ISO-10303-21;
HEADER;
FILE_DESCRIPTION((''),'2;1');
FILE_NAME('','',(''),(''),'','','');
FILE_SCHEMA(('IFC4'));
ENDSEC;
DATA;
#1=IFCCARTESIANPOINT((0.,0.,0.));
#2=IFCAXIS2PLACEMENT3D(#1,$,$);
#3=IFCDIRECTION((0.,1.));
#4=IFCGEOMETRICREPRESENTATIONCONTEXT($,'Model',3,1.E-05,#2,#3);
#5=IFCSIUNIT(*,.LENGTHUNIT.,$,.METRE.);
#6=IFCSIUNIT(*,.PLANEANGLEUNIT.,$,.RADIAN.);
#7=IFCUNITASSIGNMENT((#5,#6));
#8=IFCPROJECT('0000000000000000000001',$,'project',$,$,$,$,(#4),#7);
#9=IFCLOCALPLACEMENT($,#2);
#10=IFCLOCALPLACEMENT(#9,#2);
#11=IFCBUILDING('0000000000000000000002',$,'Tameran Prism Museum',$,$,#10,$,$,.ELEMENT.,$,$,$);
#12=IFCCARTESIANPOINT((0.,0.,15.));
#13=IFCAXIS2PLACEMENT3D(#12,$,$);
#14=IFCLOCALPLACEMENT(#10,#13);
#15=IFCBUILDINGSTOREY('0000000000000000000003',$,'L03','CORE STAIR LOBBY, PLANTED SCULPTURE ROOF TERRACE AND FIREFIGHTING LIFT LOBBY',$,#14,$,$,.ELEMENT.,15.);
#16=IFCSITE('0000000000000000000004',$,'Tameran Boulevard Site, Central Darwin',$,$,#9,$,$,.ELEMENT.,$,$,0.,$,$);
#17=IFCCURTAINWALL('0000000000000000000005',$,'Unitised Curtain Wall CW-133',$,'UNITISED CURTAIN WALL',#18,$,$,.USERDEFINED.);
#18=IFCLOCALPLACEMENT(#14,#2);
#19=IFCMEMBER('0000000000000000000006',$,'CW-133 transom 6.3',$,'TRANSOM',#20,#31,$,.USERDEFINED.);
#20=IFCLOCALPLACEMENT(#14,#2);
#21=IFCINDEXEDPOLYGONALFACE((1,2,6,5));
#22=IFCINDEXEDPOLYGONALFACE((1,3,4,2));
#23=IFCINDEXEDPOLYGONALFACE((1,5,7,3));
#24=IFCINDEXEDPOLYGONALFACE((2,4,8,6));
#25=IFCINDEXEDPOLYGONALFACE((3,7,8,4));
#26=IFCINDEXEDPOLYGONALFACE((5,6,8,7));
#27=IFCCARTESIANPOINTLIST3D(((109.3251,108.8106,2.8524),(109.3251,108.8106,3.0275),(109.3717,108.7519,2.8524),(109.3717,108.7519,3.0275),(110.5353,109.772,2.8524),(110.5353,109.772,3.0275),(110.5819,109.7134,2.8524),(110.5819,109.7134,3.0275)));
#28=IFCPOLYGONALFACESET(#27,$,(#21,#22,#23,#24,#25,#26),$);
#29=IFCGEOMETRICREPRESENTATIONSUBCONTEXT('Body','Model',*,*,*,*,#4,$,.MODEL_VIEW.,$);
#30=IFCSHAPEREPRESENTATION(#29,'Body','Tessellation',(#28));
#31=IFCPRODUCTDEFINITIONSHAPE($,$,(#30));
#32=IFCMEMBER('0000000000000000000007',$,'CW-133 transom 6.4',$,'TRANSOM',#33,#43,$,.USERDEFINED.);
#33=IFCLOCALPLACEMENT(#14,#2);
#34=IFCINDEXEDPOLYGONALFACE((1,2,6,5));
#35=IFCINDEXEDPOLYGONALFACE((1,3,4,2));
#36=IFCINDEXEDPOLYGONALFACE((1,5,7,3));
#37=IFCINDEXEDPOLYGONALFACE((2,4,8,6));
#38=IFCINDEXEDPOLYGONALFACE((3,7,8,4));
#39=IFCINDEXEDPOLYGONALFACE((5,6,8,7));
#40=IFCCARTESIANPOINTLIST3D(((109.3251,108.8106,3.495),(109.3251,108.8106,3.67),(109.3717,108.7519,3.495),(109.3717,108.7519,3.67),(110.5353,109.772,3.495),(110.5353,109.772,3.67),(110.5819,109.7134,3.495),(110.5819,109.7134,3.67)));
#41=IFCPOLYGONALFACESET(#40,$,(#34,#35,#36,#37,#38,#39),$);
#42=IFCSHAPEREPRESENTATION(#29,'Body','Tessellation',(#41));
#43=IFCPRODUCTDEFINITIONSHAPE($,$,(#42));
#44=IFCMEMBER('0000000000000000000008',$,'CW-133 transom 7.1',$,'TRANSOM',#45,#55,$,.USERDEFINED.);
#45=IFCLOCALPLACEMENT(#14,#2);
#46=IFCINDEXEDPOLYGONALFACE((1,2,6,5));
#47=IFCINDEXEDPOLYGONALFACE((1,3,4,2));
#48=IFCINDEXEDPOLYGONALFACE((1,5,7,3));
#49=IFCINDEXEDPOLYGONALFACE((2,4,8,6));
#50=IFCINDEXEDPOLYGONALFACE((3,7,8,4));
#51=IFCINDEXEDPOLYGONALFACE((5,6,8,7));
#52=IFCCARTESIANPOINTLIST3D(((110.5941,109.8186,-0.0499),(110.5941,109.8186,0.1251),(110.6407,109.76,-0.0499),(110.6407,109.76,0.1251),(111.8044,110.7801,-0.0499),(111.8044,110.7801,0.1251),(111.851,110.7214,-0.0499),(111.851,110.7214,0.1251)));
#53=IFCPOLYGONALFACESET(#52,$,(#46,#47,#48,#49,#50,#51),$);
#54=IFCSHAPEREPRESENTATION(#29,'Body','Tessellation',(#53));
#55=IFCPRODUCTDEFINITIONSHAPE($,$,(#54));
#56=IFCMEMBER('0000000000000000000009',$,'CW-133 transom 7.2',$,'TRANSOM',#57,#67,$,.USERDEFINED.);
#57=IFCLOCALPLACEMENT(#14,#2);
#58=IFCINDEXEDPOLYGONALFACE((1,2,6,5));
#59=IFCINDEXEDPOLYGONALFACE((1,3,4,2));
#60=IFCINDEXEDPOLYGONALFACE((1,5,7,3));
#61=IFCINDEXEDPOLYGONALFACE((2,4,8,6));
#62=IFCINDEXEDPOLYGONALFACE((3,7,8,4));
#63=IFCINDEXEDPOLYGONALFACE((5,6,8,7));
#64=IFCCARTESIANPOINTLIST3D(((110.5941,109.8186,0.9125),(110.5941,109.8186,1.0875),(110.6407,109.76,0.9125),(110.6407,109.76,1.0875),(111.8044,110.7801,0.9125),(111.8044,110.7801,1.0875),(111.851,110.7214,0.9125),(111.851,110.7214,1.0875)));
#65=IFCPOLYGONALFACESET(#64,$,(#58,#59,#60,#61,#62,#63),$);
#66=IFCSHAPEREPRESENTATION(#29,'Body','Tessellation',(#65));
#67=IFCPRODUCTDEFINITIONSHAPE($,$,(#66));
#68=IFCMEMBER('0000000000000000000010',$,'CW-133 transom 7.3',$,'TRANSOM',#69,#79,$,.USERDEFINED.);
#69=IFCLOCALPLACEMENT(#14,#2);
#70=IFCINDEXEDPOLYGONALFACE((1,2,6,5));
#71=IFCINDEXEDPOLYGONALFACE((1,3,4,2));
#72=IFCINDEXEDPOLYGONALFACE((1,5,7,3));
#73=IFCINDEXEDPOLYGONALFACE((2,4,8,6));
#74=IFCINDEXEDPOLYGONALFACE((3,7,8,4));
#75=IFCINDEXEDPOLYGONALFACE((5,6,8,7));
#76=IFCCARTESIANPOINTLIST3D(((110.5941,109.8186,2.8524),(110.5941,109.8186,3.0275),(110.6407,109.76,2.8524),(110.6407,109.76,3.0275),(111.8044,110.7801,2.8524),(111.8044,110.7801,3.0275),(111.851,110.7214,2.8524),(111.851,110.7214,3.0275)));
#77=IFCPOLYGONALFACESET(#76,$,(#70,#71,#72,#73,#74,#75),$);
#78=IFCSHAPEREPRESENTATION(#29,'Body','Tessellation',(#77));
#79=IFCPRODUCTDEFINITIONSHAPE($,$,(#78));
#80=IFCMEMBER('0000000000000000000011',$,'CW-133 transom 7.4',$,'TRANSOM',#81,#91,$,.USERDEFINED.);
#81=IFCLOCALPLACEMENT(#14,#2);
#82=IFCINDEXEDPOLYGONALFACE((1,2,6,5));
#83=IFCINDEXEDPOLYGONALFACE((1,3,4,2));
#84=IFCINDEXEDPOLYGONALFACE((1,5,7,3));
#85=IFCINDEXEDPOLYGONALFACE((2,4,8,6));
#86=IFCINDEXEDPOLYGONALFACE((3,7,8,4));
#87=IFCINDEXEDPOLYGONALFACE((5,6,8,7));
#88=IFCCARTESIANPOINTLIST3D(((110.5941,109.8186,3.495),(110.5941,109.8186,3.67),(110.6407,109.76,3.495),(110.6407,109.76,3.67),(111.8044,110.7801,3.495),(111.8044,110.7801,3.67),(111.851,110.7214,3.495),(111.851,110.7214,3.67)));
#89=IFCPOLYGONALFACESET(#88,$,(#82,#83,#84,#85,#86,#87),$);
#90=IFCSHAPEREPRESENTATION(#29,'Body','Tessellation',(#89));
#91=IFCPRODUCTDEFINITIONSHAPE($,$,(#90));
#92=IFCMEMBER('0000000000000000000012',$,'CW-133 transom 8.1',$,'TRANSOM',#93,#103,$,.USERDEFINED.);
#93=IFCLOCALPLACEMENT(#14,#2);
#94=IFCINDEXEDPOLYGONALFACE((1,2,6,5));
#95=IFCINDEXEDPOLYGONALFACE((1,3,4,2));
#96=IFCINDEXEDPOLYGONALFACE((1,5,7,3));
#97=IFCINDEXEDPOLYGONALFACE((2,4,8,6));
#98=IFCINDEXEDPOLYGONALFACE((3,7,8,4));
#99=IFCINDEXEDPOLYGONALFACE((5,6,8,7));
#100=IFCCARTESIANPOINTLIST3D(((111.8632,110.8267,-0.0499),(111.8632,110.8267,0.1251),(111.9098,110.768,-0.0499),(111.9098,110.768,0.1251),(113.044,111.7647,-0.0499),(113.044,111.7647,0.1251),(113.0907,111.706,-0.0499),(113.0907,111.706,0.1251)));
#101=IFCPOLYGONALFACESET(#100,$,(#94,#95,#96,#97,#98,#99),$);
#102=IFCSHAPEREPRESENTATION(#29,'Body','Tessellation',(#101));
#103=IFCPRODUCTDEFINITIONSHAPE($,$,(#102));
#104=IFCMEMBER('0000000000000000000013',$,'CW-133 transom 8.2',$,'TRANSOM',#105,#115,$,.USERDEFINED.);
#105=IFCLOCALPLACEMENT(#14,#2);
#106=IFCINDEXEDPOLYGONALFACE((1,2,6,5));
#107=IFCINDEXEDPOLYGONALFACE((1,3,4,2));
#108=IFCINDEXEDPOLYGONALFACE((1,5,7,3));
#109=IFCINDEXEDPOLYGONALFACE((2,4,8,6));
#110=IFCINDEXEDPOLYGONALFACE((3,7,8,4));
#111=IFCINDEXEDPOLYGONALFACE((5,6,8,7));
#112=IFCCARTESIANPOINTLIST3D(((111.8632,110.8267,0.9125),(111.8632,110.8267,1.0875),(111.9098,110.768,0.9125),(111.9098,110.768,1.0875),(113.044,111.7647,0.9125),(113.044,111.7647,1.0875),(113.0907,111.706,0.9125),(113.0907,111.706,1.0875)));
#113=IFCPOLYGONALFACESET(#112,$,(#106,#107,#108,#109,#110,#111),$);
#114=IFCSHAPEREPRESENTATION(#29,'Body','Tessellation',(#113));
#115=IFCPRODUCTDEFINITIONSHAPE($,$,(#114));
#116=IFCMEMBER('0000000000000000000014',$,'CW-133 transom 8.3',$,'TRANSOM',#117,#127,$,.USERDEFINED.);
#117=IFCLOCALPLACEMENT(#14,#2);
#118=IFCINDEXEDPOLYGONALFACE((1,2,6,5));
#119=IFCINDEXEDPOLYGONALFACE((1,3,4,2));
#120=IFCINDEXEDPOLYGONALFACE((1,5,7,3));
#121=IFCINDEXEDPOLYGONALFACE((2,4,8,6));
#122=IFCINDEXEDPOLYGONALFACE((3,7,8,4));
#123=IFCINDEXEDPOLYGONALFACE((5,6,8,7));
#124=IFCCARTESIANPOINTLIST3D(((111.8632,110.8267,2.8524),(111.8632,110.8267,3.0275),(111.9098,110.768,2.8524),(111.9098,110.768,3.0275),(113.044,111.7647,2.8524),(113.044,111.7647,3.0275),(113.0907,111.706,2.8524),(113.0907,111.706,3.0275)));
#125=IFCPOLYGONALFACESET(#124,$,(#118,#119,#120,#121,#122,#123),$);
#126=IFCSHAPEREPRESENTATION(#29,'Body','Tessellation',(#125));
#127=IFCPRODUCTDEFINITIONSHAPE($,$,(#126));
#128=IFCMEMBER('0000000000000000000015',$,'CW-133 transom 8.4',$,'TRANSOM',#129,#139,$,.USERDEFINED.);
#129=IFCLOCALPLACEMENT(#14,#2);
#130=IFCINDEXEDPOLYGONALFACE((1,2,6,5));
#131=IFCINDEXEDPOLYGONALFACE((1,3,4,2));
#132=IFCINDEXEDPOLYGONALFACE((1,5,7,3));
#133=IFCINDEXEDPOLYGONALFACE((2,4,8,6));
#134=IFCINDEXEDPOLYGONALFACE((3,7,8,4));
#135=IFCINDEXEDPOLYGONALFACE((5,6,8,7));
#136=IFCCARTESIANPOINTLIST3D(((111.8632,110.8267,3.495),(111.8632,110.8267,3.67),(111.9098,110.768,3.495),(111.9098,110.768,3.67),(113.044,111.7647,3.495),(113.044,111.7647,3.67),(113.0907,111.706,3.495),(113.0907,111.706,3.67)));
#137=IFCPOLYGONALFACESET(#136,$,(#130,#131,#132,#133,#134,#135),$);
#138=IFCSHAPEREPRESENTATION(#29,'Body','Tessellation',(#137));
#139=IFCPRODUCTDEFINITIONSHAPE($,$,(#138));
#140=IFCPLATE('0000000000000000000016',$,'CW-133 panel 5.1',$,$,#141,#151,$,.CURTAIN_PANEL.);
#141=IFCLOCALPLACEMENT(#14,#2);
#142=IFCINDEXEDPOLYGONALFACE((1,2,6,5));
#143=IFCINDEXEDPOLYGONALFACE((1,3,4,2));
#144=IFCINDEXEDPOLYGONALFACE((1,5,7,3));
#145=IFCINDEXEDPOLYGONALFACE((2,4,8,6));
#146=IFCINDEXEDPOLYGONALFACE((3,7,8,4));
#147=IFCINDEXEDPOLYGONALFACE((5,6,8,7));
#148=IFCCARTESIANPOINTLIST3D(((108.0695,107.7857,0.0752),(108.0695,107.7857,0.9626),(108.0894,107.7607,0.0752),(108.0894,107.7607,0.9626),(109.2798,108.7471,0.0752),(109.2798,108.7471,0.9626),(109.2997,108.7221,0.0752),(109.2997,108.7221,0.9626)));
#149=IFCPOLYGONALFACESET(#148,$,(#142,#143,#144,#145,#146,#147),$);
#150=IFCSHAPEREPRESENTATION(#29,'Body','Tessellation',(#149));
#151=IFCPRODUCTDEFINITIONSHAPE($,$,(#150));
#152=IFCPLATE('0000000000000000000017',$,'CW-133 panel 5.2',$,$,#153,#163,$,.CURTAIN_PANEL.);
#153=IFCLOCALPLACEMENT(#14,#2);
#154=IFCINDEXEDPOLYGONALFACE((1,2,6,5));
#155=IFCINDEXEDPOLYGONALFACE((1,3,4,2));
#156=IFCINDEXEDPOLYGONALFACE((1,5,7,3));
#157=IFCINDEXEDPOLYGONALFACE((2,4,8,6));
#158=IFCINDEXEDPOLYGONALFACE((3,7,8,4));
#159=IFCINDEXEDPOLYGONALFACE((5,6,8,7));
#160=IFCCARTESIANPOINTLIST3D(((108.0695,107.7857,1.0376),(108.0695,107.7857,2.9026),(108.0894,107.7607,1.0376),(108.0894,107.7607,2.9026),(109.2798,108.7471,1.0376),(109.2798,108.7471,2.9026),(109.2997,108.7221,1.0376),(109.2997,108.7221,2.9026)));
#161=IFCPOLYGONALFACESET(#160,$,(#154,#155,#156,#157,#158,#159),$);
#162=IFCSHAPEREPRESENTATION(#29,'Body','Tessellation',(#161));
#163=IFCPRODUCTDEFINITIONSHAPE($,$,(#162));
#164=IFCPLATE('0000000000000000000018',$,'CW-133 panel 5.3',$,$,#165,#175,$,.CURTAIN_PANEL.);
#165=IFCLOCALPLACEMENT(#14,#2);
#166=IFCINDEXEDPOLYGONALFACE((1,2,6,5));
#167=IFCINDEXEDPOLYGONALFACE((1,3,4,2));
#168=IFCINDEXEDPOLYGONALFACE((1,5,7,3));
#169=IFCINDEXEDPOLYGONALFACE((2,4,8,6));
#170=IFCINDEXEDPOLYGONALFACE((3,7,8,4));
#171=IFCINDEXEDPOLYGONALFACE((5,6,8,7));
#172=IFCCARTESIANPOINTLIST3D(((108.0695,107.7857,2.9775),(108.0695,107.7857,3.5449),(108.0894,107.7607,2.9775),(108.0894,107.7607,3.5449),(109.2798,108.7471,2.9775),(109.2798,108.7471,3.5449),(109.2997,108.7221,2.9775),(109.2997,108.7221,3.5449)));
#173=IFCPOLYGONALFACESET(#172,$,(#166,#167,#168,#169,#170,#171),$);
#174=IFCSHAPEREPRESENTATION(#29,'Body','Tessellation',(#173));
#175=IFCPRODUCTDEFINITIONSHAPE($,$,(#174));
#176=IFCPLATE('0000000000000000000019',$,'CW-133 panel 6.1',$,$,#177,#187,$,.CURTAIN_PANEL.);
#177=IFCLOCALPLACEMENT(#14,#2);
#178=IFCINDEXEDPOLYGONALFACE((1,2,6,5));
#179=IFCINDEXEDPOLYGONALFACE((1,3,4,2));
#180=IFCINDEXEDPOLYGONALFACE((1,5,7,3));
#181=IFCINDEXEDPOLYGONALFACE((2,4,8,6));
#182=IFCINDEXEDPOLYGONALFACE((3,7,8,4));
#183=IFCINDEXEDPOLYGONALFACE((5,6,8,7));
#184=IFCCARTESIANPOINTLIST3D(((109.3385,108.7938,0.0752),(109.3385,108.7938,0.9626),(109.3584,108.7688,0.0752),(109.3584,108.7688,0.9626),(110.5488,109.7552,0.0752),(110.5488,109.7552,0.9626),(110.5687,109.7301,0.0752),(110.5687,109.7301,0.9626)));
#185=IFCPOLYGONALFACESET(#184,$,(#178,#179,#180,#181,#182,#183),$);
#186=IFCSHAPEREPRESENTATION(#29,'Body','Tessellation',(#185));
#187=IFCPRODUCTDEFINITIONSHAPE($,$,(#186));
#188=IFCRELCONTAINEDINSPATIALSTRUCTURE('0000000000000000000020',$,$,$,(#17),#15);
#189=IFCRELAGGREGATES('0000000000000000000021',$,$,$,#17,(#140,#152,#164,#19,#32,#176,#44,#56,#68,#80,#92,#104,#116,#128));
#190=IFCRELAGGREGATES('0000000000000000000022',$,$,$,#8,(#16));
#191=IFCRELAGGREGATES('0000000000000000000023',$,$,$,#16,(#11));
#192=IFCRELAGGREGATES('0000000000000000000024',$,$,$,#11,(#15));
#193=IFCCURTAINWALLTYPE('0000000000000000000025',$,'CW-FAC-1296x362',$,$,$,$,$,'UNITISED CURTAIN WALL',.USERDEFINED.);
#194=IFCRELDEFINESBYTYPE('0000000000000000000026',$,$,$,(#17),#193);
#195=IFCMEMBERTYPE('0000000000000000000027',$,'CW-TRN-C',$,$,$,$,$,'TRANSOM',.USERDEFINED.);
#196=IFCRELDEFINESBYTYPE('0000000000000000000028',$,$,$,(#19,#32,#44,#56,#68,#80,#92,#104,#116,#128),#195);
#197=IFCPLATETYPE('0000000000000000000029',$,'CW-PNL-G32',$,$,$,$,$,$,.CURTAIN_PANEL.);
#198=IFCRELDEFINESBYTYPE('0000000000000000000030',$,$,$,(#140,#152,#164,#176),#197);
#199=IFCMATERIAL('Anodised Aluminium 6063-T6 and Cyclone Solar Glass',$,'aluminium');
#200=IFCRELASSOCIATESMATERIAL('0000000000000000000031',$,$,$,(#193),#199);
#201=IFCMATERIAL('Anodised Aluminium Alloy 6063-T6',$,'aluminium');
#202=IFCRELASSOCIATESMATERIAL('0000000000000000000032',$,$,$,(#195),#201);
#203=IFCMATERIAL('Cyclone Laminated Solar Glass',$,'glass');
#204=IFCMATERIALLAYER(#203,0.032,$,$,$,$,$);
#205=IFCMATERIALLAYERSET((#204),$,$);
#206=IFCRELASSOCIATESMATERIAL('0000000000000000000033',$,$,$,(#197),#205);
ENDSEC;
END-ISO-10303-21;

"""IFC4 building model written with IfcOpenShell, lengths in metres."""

from ifc_helpers import new_model, si_unit, direction, frame, origin, origin_2d, place, context, subcontext, project, spatial, rectangle, extrude, material, layer, layer_set, material_profile, profile_set, type_object, element, aggregate, save


model = new_model("IFC4")

# Units and contexts
model_context = context("Model", 3, precision=1e-05, world=origin(), true_north=direction((0.0, 1.0)))
body_context = subcontext(model_context, "Body", "Model", "MODEL_VIEW")
ifc_project = project(units=[si_unit("LENGTHUNIT", "METRE"), si_unit("PLANEANGLEUNIT", "RADIAN")], contexts=[model_context])

# Site, building, storey
site_placement = place(None, origin())
site = spatial("IfcSite", under=ifc_project, at=site_placement, Name="Tameran Boulevard Site, Central Darwin", CompositionType="ELEMENT", RefElevation=0.0)
building_placement = place(site_placement, origin())
building = spatial("IfcBuilding", under=site, at=building_placement, Name="Tameran Prism Museum", CompositionType="ELEMENT")
storey_placement = place(building_placement, frame((0.0, 0.0, 15.0)))
storey = spatial("IfcBuildingStorey", under=building, at=storey_placement, Name="L03", Description="CORE STAIR LOBBY, PLANTED SCULPTURE ROOF TERRACE AND FIREFIGHTING LIFT LOBBY", CompositionType="ELEMENT", Elevation=15.0)

# Curtain wall, members, plates
ifc_material_1 = material(Name="Anodised Aluminium 6063-T6 and Cyclone Solar Glass", Category="aluminium")
curtain_wall_type = type_object("IfcCurtainWallType", Name="CW-FAC-1296x362", ElementType="UNITISED CURTAIN WALL", PredefinedType="USERDEFINED", material=ifc_material_1)
curtain_wall_placement = place(storey_placement, origin())
curtain_wall = element("IfcCurtainWall", 1, at=curtain_wall_placement, inside=storey, type_object=curtain_wall_type, Name="Unitised Curtain Wall CW-133", ObjectType="UNITISED CURTAIN WALL", PredefinedType="USERDEFINED")
ifc_material_2 = material(Name="Anodised Aluminium Alloy 6063-T6", Category="aluminium")
ifc_material_profile_1 = material_profile(ifc_material_2, rectangle(XDim=0.075, YDim=0.175, at=origin_2d()))
ifc_profile_set_1 = profile_set([ifc_material_profile_1])
member_type_1 = type_object("IfcMemberType", Name="CW-TRN-C", ElementType="TRANSOM", PredefinedType="USERDEFINED", material=ifc_profile_set_1)
member_1_placement = place(storey_placement, frame((109.3484, 108.7812, 2.9399), z_axis=(0.782991, 0.622033, 0.0), x_axis=(-0.622033, 0.782991, 0.0)))
member_1 = element("IfcMember", 2, at=member_1_placement, type_object=member_type_1, Name="CW-133 transom 6.3", ObjectType="TRANSOM", PredefinedType="USERDEFINED", context=body_context, shape_type="SweptSolid", body=[
    extrude(rectangle(XDim=0.075, YDim=0.175, at=origin_2d()), origin(), (0.0, 0.0, 1.0), 1.5457),
])
member_2_placement = place(storey_placement, frame((109.3484, 108.7812, 3.5825), z_axis=(0.782991, 0.622033, 0.0), x_axis=(-0.622033, 0.782991, 0.0)))
member_2 = element("IfcMember", 3, at=member_2_placement, type_object=member_type_1, Name="CW-133 transom 6.4", ObjectType="TRANSOM", PredefinedType="USERDEFINED", context=body_context, shape_type="SweptSolid", body=[
    extrude(rectangle(XDim=0.075, YDim=0.175, at=origin_2d()), origin(), (0.0, 0.0, 1.0), 1.5457),
])
member_3_placement = place(storey_placement, frame((110.6174, 109.7893, 0.0376), z_axis=(0.782991, 0.622033, 0.0), x_axis=(-0.622033, 0.782991, 0.0)))
member_3 = element("IfcMember", 4, at=member_3_placement, type_object=member_type_1, Name="CW-133 transom 7.1", ObjectType="TRANSOM", PredefinedType="USERDEFINED", context=body_context, shape_type="SweptSolid", body=[
    extrude(rectangle(XDim=0.075, YDim=0.175, at=origin_2d()), origin(), (0.0, 0.0, 1.0), 1.5457),
])
member_4_placement = place(storey_placement, frame((110.6174, 109.7893, 1.0), z_axis=(0.782991, 0.622033, 0.0), x_axis=(-0.622033, 0.782991, 0.0)))
member_4 = element("IfcMember", 5, at=member_4_placement, type_object=member_type_1, Name="CW-133 transom 7.2", ObjectType="TRANSOM", PredefinedType="USERDEFINED", context=body_context, shape_type="SweptSolid", body=[
    extrude(rectangle(XDim=0.075, YDim=0.175, at=origin_2d()), origin(), (0.0, 0.0, 1.0), 1.5457),
])
member_5_placement = place(storey_placement, frame((110.6174, 109.7893, 2.9399), z_axis=(0.782991, 0.622033, 0.0), x_axis=(-0.622033, 0.782991, 0.0)))
member_5 = element("IfcMember", 6, at=member_5_placement, type_object=member_type_1, Name="CW-133 transom 7.3", ObjectType="TRANSOM", PredefinedType="USERDEFINED", context=body_context, shape_type="SweptSolid", body=[
    extrude(rectangle(XDim=0.075, YDim=0.175, at=origin_2d()), origin(), (0.0, 0.0, 1.0), 1.5457),
])
member_6_placement = place(storey_placement, frame((110.6174, 109.7893, 3.5825), z_axis=(0.782991, 0.622033, 0.0), x_axis=(-0.622033, 0.782991, 0.0)))
member_6 = element("IfcMember", 7, at=member_6_placement, type_object=member_type_1, Name="CW-133 transom 7.4", ObjectType="TRANSOM", PredefinedType="USERDEFINED", context=body_context, shape_type="SweptSolid", body=[
    extrude(rectangle(XDim=0.075, YDim=0.175, at=origin_2d()), origin(), (0.0, 0.0, 1.0), 1.5457),
])
member_7_placement = place(storey_placement, frame((111.8865, 110.7974, 0.0376), z_axis=(0.783044, 0.621967, 0.0), x_axis=(-0.621967, 0.783044, 0.0)))
member_7 = element("IfcMember", 8, at=member_7_placement, type_object=member_type_1, Name="CW-133 transom 8.1", ObjectType="TRANSOM", PredefinedType="USERDEFINED", context=body_context, shape_type="SweptSolid", body=[
    extrude(rectangle(XDim=0.075, YDim=0.175, at=origin_2d()), origin(), (0.0, 0.0, 1.0), 1.5081),
])
member_8_placement = place(storey_placement, frame((111.8865, 110.7974, 1.0), z_axis=(0.783044, 0.621967, 0.0), x_axis=(-0.621967, 0.783044, 0.0)))
member_8 = element("IfcMember", 9, at=member_8_placement, type_object=member_type_1, Name="CW-133 transom 8.2", ObjectType="TRANSOM", PredefinedType="USERDEFINED", context=body_context, shape_type="SweptSolid", body=[
    extrude(rectangle(XDim=0.075, YDim=0.175, at=origin_2d()), origin(), (0.0, 0.0, 1.0), 1.5081),
])
member_9_placement = place(storey_placement, frame((111.8865, 110.7974, 2.9399), z_axis=(0.783044, 0.621967, 0.0), x_axis=(-0.621967, 0.783044, 0.0)))
member_9 = element("IfcMember", 10, at=member_9_placement, type_object=member_type_1, Name="CW-133 transom 8.3", ObjectType="TRANSOM", PredefinedType="USERDEFINED", context=body_context, shape_type="SweptSolid", body=[
    extrude(rectangle(XDim=0.075, YDim=0.175, at=origin_2d()), origin(), (0.0, 0.0, 1.0), 1.5081),
])
member_10_placement = place(storey_placement, frame((111.8865, 110.7974, 3.5825), z_axis=(0.783044, 0.621967, 0.0), x_axis=(-0.621967, 0.783044, 0.0)))
member_10 = element("IfcMember", 11, at=member_10_placement, type_object=member_type_1, Name="CW-133 transom 8.4", ObjectType="TRANSOM", PredefinedType="USERDEFINED", context=body_context, shape_type="SweptSolid", body=[
    extrude(rectangle(XDim=0.075, YDim=0.175, at=origin_2d()), origin(), (0.0, 0.0, 1.0), 1.5081),
])
ifc_material_3 = material(Name="Cyclone Laminated Solar Glass", Category="glass")
ifc_layer = layer(ifc_material_3, 0.032)
ifc_layer_set = layer_set([ifc_layer])
plate_type = type_object("IfcPlateType", Name="CW-PNL-G32", PredefinedType="CURTAIN_PANEL", material=ifc_layer_set)
plate_1_placement = place(storey_placement, frame((108.6846, 108.2539, 0.0752), z_axis=(0.0, 0.0, 1.0), x_axis=(0.783031, 0.621982, 0.0)))
plate_1 = element("IfcPlate", 12, at=plate_1_placement, type_object=plate_type, Name="CW-133 panel 5.1", PredefinedType="CURTAIN_PANEL", context=body_context, shape_type="SweptSolid", body=[
    extrude(rectangle(XDim=1.5457, YDim=0.032, at=origin_2d()), origin(), (0.0, 0.0, 1.0), 0.8875),
])
plate_2_placement = place(storey_placement, frame((108.6846, 108.2539, 1.0376), z_axis=(0.0, 0.0, 1.0), x_axis=(0.783031, 0.621982, 0.0)))
plate_2 = element("IfcPlate", 13, at=plate_2_placement, type_object=plate_type, Name="CW-133 panel 5.2", PredefinedType="CURTAIN_PANEL", context=body_context, shape_type="SweptSolid", body=[
    extrude(rectangle(XDim=1.5457, YDim=0.032, at=origin_2d()), origin(), (0.0, 0.0, 1.0), 1.865),
])
plate_3_placement = place(storey_placement, frame((108.6846, 108.2539, 2.9775), z_axis=(0.0, 0.0, 1.0), x_axis=(0.783031, 0.621982, 0.0)))
plate_3 = element("IfcPlate", 14, at=plate_3_placement, type_object=plate_type, Name="CW-133 panel 5.3", PredefinedType="CURTAIN_PANEL", context=body_context, shape_type="SweptSolid", body=[
    extrude(rectangle(XDim=1.5457, YDim=0.032, at=origin_2d()), origin(), (0.0, 0.0, 1.0), 0.5674),
])
plate_4_placement = place(storey_placement, frame((109.9536, 109.262, 0.0752), z_axis=(0.0, 0.0, 1.0), x_axis=(0.783031, 0.621982, 0.0)))
plate_4 = element("IfcPlate", 15, at=plate_4_placement, type_object=plate_type, Name="CW-133 panel 6.1", PredefinedType="CURTAIN_PANEL", context=body_context, shape_type="SweptSolid", body=[
    extrude(rectangle(XDim=1.5457, YDim=0.032, at=origin_2d()), origin(), (0.0, 0.0, 1.0), 0.8875),
])
aggregate(curtain_wall, [plate_1, plate_2, plate_3, member_1, member_2, plate_4, member_3, member_4, member_5, member_6, member_7, member_8, member_9, member_10])

save(model, "model.ifc")
